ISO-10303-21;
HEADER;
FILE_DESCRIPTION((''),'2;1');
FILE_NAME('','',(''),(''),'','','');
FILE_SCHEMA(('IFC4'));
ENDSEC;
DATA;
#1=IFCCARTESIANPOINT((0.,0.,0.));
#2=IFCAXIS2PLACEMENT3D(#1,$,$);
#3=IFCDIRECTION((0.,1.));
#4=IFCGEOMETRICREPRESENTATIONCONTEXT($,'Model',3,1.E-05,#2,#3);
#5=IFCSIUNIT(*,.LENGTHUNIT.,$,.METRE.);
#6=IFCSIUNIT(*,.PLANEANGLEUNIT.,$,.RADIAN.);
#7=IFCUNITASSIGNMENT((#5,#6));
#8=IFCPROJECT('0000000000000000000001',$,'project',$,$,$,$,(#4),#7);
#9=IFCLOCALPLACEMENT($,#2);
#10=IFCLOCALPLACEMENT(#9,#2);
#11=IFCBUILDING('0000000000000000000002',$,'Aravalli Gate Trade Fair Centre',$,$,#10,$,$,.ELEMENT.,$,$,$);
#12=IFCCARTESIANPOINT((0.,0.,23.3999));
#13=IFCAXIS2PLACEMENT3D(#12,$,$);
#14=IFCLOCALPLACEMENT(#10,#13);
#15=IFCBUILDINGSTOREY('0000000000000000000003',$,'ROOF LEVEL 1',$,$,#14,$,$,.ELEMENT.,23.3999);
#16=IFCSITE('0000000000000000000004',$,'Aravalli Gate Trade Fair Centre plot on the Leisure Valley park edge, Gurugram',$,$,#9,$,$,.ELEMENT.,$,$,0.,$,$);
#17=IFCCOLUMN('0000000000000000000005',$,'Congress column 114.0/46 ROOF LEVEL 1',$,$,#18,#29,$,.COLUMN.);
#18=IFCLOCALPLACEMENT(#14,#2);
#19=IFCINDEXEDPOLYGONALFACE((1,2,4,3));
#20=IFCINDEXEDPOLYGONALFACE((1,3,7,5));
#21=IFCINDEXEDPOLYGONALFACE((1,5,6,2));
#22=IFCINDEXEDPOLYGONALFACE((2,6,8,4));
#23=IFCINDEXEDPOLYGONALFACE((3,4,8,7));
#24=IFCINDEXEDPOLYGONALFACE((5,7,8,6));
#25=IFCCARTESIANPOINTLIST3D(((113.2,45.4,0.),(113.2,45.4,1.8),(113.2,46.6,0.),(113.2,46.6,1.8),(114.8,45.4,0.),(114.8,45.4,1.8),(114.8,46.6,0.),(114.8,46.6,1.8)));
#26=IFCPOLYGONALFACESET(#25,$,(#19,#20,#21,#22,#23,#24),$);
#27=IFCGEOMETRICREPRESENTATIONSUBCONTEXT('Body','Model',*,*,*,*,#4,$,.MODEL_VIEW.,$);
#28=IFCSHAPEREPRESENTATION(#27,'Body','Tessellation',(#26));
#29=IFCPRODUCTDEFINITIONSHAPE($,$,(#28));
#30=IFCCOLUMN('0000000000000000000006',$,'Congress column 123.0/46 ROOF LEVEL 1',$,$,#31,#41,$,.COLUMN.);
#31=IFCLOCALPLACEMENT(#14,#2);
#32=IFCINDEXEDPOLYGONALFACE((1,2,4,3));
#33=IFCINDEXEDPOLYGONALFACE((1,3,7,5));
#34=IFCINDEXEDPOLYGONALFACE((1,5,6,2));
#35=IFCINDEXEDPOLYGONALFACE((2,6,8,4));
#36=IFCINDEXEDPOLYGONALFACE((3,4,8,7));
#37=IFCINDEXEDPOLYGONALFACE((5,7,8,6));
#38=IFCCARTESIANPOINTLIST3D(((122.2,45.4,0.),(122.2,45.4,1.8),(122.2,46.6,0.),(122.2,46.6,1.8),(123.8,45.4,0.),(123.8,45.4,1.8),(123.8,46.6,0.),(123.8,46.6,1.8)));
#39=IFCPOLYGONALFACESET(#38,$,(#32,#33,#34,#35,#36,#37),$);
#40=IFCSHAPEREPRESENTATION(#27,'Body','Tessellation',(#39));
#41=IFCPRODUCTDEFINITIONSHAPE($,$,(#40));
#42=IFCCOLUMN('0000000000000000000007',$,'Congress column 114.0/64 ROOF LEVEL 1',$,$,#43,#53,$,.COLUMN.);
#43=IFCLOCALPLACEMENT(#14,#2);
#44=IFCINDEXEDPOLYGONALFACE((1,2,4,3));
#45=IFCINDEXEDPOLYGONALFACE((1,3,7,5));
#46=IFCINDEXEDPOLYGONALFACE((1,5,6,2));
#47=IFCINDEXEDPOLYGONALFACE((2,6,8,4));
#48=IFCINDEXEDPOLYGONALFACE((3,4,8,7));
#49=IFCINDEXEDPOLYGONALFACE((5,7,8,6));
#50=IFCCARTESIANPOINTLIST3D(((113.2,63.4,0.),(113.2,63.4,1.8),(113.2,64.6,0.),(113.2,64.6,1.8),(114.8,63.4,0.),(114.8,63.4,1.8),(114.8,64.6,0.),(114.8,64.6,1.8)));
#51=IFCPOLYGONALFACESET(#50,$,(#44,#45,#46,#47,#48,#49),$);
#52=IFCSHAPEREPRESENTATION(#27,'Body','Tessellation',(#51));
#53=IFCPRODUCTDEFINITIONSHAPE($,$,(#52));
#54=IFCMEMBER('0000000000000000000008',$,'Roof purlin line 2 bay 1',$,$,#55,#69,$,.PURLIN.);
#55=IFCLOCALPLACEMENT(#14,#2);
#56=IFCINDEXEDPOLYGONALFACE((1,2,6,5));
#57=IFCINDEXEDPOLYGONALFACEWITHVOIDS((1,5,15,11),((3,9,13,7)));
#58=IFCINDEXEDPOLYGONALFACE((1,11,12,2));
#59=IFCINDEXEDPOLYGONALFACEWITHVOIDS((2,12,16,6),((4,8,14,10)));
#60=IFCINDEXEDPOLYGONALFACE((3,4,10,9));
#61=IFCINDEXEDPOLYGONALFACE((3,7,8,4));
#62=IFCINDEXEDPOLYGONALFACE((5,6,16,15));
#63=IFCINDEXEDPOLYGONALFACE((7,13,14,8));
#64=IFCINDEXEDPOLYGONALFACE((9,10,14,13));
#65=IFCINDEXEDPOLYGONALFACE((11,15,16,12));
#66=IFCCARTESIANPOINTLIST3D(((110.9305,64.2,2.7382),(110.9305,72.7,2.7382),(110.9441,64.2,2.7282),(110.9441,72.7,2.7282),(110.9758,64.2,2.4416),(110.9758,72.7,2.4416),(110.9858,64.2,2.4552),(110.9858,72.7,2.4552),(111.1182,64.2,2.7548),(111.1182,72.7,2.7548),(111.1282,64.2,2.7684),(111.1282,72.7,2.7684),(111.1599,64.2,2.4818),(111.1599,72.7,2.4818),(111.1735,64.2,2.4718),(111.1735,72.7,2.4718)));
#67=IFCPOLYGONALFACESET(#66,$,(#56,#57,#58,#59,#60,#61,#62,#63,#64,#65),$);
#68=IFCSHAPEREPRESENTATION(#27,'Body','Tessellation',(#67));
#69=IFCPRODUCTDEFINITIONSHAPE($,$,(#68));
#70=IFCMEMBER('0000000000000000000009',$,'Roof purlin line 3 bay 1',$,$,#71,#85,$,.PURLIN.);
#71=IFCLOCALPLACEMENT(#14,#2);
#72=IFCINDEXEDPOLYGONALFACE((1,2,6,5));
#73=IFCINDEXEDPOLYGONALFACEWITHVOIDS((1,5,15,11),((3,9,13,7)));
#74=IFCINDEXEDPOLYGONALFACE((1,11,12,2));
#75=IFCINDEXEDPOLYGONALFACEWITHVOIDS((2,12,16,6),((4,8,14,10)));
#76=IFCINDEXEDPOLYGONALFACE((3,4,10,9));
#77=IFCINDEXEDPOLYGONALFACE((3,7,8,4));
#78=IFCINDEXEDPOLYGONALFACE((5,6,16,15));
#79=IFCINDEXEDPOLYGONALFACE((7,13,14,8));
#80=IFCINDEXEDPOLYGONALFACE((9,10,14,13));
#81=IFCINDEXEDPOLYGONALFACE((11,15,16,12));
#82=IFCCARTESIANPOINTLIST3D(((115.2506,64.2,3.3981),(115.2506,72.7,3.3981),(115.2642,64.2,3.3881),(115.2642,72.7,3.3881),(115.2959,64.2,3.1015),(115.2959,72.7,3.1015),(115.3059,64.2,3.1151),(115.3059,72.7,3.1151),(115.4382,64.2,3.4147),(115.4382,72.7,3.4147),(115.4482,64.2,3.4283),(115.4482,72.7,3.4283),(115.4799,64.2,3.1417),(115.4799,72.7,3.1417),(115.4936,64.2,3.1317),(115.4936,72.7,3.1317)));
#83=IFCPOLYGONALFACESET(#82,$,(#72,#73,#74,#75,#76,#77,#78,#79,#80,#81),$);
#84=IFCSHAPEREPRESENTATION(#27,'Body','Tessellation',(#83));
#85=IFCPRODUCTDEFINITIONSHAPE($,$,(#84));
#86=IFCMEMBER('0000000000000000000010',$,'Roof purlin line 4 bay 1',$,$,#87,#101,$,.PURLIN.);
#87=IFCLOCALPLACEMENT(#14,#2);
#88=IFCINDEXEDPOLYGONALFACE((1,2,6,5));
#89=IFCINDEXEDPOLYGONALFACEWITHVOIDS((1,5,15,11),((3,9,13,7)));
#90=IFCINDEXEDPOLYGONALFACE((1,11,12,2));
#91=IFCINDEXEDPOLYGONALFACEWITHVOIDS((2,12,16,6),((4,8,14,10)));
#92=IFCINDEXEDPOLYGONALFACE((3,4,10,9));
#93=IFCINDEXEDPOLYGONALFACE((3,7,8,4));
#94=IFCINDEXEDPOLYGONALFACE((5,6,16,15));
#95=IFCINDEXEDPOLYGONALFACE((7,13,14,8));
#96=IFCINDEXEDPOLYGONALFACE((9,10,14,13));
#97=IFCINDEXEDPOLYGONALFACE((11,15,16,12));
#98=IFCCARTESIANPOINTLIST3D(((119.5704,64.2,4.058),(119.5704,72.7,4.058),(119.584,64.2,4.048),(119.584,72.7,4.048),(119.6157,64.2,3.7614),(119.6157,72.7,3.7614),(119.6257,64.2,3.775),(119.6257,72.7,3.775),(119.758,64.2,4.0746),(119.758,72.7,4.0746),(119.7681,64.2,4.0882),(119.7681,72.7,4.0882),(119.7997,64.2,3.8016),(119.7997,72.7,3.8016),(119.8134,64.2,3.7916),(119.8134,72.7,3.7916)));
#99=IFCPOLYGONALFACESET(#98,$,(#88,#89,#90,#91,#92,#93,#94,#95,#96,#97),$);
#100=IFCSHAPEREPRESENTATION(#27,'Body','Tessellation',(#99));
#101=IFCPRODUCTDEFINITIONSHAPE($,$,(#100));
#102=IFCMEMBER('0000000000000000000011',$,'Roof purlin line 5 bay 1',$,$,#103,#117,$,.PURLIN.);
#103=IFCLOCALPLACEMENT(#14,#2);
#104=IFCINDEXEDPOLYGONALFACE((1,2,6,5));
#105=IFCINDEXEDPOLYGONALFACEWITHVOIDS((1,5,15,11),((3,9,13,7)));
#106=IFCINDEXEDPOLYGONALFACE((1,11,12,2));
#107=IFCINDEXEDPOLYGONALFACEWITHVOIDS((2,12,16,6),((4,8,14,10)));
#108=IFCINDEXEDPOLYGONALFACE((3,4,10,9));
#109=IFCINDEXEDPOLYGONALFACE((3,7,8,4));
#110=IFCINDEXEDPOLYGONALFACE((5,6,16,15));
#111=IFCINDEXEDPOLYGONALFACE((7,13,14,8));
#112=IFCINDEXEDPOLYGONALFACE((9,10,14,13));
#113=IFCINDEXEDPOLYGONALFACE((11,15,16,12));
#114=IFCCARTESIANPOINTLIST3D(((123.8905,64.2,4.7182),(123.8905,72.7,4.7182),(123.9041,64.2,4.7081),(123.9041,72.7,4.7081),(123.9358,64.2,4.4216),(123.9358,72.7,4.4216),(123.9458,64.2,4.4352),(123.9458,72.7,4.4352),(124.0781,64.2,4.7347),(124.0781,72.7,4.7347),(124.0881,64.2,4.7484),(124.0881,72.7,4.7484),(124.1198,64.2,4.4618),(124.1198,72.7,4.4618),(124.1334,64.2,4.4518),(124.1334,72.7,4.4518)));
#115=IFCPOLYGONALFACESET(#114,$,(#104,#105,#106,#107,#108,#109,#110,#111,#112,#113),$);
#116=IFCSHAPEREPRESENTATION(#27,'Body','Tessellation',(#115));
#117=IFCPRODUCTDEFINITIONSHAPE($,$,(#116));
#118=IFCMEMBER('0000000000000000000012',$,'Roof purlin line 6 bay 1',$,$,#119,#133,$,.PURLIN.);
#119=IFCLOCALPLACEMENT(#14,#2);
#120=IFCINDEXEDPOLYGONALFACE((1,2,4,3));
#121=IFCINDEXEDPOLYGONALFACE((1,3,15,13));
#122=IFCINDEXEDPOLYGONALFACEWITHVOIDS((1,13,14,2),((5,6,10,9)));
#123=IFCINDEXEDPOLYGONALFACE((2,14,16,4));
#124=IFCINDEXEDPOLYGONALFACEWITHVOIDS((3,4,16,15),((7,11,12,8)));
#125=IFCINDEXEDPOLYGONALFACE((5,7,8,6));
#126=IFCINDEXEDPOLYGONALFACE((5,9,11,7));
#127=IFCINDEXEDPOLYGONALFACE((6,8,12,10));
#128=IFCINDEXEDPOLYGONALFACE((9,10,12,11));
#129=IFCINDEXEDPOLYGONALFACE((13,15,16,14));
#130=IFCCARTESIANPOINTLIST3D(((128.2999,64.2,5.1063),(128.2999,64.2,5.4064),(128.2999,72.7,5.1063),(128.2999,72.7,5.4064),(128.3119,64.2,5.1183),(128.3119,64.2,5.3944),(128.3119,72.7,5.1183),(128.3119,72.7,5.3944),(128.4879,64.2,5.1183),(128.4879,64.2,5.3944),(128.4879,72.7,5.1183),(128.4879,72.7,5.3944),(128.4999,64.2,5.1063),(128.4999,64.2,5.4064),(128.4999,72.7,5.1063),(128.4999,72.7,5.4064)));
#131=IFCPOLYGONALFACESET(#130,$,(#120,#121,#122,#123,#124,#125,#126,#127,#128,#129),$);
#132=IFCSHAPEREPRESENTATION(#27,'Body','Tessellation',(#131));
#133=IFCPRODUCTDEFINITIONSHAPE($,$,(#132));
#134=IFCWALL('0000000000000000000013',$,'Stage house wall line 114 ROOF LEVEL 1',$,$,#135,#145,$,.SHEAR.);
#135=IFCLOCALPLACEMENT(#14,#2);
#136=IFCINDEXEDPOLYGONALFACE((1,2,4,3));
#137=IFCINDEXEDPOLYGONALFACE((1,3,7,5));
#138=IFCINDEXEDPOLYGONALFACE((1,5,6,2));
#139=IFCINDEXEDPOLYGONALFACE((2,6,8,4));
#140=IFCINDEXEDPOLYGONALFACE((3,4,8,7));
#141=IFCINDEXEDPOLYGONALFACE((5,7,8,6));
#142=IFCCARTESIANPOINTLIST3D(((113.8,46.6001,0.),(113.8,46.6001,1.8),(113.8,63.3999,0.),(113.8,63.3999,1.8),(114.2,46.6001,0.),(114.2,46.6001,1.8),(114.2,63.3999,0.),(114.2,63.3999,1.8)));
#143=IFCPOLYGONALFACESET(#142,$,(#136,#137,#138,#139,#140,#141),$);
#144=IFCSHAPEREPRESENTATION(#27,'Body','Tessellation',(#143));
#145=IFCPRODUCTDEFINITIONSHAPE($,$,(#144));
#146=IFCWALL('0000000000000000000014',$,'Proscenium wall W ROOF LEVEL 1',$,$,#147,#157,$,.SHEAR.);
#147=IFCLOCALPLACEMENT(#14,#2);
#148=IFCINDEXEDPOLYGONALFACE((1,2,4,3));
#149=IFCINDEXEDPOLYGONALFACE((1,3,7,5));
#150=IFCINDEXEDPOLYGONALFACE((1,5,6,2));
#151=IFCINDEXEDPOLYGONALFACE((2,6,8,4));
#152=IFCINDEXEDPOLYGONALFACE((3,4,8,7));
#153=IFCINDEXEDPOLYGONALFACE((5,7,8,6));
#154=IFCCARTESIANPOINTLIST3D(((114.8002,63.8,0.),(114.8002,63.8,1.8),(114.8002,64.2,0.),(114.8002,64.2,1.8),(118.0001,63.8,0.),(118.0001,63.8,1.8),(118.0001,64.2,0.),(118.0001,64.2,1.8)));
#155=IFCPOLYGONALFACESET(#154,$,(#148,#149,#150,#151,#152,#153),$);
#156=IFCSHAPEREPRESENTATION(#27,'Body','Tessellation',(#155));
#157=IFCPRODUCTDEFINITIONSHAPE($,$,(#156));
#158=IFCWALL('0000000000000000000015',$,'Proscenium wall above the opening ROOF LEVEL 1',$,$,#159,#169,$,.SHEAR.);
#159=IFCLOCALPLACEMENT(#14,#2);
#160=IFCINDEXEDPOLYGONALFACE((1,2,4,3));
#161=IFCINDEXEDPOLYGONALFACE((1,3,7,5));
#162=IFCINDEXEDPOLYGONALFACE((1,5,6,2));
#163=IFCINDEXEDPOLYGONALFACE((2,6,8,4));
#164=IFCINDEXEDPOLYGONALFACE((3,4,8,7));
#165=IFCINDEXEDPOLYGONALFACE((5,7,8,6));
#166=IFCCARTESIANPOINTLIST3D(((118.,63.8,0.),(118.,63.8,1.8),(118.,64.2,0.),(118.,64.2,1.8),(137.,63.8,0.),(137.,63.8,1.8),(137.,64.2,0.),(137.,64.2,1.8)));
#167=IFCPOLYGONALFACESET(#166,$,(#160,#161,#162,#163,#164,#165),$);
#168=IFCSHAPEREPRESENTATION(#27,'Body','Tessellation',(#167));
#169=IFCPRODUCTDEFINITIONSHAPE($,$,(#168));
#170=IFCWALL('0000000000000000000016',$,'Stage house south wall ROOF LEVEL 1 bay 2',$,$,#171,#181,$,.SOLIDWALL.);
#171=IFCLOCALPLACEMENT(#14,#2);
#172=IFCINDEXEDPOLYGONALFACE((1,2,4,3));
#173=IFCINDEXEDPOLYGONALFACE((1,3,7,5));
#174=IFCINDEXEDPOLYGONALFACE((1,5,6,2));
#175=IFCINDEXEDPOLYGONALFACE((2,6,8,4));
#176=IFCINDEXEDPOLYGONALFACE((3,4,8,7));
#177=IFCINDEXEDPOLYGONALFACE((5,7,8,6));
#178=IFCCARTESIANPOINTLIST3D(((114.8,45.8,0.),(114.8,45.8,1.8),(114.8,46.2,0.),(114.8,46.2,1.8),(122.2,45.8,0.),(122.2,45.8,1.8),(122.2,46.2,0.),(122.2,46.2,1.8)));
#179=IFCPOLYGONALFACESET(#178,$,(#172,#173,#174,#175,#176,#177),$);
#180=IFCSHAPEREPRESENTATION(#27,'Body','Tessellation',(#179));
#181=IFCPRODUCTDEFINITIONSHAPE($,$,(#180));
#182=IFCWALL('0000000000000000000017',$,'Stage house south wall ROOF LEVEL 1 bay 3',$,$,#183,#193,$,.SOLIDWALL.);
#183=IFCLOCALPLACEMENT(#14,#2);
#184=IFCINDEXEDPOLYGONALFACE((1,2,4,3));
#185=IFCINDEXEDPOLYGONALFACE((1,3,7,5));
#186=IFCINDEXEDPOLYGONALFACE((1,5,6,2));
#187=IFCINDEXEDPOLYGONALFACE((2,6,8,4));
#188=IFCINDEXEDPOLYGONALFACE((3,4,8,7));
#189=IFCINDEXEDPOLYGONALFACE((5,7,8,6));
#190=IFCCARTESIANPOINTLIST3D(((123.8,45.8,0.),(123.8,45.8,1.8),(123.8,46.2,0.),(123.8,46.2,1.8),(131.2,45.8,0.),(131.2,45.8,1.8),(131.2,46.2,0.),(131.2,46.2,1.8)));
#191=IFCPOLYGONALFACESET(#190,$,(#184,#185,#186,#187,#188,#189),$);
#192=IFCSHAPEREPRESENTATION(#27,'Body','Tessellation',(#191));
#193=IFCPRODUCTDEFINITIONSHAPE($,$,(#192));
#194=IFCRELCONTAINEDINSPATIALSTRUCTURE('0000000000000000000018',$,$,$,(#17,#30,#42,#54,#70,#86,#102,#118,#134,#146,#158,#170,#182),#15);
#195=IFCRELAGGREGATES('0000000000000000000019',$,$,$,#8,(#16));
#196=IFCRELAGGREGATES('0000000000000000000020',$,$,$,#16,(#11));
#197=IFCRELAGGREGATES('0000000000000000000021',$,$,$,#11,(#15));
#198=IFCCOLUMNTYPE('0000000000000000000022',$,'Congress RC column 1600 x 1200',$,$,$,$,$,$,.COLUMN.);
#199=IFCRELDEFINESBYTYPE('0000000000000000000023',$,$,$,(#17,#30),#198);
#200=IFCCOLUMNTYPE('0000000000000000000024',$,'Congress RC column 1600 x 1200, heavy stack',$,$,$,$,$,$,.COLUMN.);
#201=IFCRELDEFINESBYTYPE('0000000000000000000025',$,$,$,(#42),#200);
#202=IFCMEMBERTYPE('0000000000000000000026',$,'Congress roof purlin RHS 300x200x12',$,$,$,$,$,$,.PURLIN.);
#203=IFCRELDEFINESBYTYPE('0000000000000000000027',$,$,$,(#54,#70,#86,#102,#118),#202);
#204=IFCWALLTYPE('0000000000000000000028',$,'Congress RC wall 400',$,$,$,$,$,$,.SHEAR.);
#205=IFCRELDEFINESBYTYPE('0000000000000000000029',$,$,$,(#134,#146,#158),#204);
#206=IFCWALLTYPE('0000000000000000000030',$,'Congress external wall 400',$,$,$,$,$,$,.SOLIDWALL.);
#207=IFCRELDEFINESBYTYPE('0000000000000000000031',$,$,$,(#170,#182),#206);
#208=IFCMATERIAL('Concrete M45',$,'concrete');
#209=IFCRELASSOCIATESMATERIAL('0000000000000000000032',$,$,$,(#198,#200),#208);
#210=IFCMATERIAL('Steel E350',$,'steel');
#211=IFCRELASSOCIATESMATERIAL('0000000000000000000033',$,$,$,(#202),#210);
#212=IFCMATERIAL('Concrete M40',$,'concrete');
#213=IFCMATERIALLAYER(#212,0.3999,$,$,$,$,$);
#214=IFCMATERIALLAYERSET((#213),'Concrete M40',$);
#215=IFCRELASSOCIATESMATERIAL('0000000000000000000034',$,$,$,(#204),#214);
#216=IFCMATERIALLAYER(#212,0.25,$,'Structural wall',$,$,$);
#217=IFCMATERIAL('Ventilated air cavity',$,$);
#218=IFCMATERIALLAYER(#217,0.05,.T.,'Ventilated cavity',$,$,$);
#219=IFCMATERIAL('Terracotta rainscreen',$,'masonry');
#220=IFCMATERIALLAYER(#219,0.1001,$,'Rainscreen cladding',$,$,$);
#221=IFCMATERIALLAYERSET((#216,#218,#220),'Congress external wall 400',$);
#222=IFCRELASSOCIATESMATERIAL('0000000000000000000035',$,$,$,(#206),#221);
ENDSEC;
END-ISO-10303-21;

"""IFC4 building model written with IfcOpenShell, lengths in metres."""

from ifc_helpers import new_model, si_unit, direction, frame, frame_2d, origin, origin_2d, place, context, subcontext, project, spatial, rectangle, hollow_rectangle, extrude, material, layer, layer_set, material_profile, profile_set, type_object, element, save


model = new_model("IFC4")

# Units and contexts
model_context = context("Model", 3, precision=1e-05, world=origin(), true_north=direction((0.0, 1.0)))
body_context = subcontext(model_context, "Body", "Model", "MODEL_VIEW")
ifc_project = project(units=[si_unit("LENGTHUNIT", "METRE"), si_unit("PLANEANGLEUNIT", "RADIAN")], contexts=[model_context])

# Site, building, storey
site_placement = place(None, origin())
site = spatial("IfcSite", under=ifc_project, at=site_placement, Name="Aravalli Gate Trade Fair Centre plot on the Leisure Valley park edge, Gurugram", CompositionType="ELEMENT", RefElevation=0.0)
building_placement = place(site_placement, origin())
building = spatial("IfcBuilding", under=site, at=building_placement, Name="Aravalli Gate Trade Fair Centre", CompositionType="ELEMENT")
storey_placement = place(building_placement, frame((0.0, 0.0, 23.3999)))
storey = spatial("IfcBuildingStorey", under=building, at=storey_placement, Name="ROOF LEVEL 1", CompositionType="ELEMENT", Elevation=23.3999)

# Columns
ifc_material_1 = material(Name="Concrete M45", Category="concrete")
ifc_material_profile_1 = material_profile(ifc_material_1, rectangle(XDim=1.6001, YDim=1.2, at=origin_2d()), Name="RC 1600x1200")
ifc_profile_set_1 = profile_set([ifc_material_profile_1], Name="Concrete M45")
column_type_1 = type_object("IfcColumnType", Name="Congress RC column 1600 x 1200", PredefinedType="COLUMN", material=ifc_profile_set_1)
for number, where, z_axis, x_axis, name in (
    (1, (114.0, 46.0, 0.0), (0.0, 0.0, 1.0), (1.0, 0.0, 0.0), "Congress column 114.0/46 ROOF LEVEL 1"),
    (2, (123.0, 46.0, 0.0), (0.0, 0.0, 1.0), (1.0, 0.0, 0.0), "Congress column 123.0/46 ROOF LEVEL 1"),
):
    element("IfcColumn", number, at=place(storey_placement, frame(where, z_axis=z_axis, x_axis=x_axis)), inside=storey, type_object=column_type_1, Name=name, PredefinedType="COLUMN", context=body_context, shape_type="SweptSolid", body=[
        extrude(rectangle(XDim=1.6001, YDim=1.2, at=origin_2d()), origin(), (0.0, 0.0, 1.0), 1.8),
    ])
ifc_material_profile_2 = material_profile(ifc_material_1, rectangle(XDim=1.6001, YDim=1.2, at=origin_2d()), Name="RC 1600x1200")
ifc_profile_set_2 = profile_set([ifc_material_profile_2], Name="Concrete M45")
column_type_2 = type_object("IfcColumnType", Name="Congress RC column 1600 x 1200, heavy stack", PredefinedType="COLUMN", material=ifc_profile_set_2)
column_placement = place(storey_placement, frame((114.0, 64.0, 0.0), z_axis=(0.0, 0.0, 1.0), x_axis=(1.0, 0.0, 0.0)))
element("IfcColumn", 3, at=column_placement, inside=storey, type_object=column_type_2, Name="Congress column 114.0/64 ROOF LEVEL 1", PredefinedType="COLUMN", context=body_context, shape_type="SweptSolid", body=[
    extrude(rectangle(XDim=1.6001, YDim=1.2, at=origin_2d()), origin(), (0.0, 0.0, 1.0), 1.8),
])

# Members
ifc_material_2 = material(Name="Steel E350", Category="steel")
ifc_material_profile_3 = material_profile(ifc_material_2, hollow_rectangle(XDim=0.2, YDim=0.3, WallThickness=0.012, at=origin_2d()), Name="RHS 300x200x12")
ifc_profile_set_3 = profile_set([ifc_material_profile_3], Name="Steel E350")
member_type = type_object("IfcMemberType", Name="Congress roof purlin RHS 300x200x12", PredefinedType="PURLIN", material=ifc_profile_set_3)
for number, where, z_axis, x_axis, name in (
    (4, (111.052, 64.2, 2.605), (0.0, 1.0, 0.0), (-0.98853, 0.0, -0.151026), "Roof purlin line 2 bay 1"),
    (5, (115.3721, 64.2, 3.2649), (0.0, 1.0, 0.0), (-0.98853, 0.0, -0.151026), "Roof purlin line 3 bay 1"),
    (6, (119.6919, 64.2, 3.9248), (0.0, 1.0, 0.0), (-0.98853, 0.0, -0.151026), "Roof purlin line 4 bay 1"),
    (7, (124.012, 64.2, 4.585), (0.0, 1.0, 0.0), (-0.98853, 0.0, -0.151026), "Roof purlin line 5 bay 1"),
    (8, (128.3999, 64.2, 5.2563), (0.0, 1.0, 0.0), (-1.0, 0.0, 0.0), "Roof purlin line 6 bay 1"),
):
    element("IfcMember", number, at=place(storey_placement, frame(where, z_axis=z_axis, x_axis=x_axis)), inside=storey, type_object=member_type, Name=name, PredefinedType="PURLIN", context=body_context, shape_type="SweptSolid", body=[
        extrude(hollow_rectangle(XDim=0.2, YDim=0.3, WallThickness=0.012, at=origin_2d()), origin(), (0.0, 0.0, 1.0), 8.5),
    ])

# Walls
ifc_material_3 = material(Name="Concrete M40", Category="concrete")
ifc_layer_1 = layer(ifc_material_3, 0.3999)
ifc_layer_set_1 = layer_set([ifc_layer_1], Name="Concrete M40")
wall_type_1 = type_object("IfcWallType", Name="Congress RC wall 400", PredefinedType="SHEAR", material=ifc_layer_set_1)
wall_1_placement = place(storey_placement, frame((114.0, 46.6001, 0.0), z_axis=(0.0, 0.0, 1.0), x_axis=(0.0, 1.0, 0.0)))
element("IfcWall", 9, at=wall_1_placement, inside=storey, type_object=wall_type_1, Name="Stage house wall line 114 ROOF LEVEL 1", PredefinedType="SHEAR", context=body_context, shape_type="SweptSolid", body=[
    extrude(rectangle(XDim=16.7998, YDim=0.3999, at=frame_2d((8.3999, 0.0))), origin(), (0.0, 0.0, 1.0), 1.8),
])
wall_2_placement = place(storey_placement, frame((114.8, 64.0, 0.0), z_axis=(0.0, 0.0, 1.0), x_axis=(1.0, 0.0, 0.0)))
element("IfcWall", 10, at=wall_2_placement, inside=storey, type_object=wall_type_1, Name="Proscenium wall W ROOF LEVEL 1", PredefinedType="SHEAR", context=body_context, shape_type="SweptSolid", body=[
    extrude(rectangle(XDim=3.2, YDim=0.3999, at=frame_2d((1.6001, 0.0))), origin(), (0.0, 0.0, 1.0), 1.8),
])
wall_3_placement = place(storey_placement, frame((118.0, 64.0, 0.0), z_axis=(0.0, 0.0, 1.0), x_axis=(1.0, 0.0, 0.0)))
element("IfcWall", 11, at=wall_3_placement, inside=storey, type_object=wall_type_1, Name="Proscenium wall above the opening ROOF LEVEL 1", PredefinedType="SHEAR", context=body_context, shape_type="SweptSolid", body=[
    extrude(rectangle(XDim=19.0, YDim=0.3999, at=frame_2d((9.5, 0.0))), origin(), (0.0, 0.0, 1.0), 1.8),
])
ifc_layer_2 = layer(ifc_material_3, 0.25, Name="Structural wall")
ifc_material_4 = material(Name="Ventilated air cavity")
ifc_layer_3 = layer(ifc_material_4, 0.05, ventilated=True, Name="Ventilated cavity")
ifc_material_5 = material(Name="Terracotta rainscreen", Category="masonry")
ifc_layer_4 = layer(ifc_material_5, 0.1001, Name="Rainscreen cladding")
ifc_layer_set_2 = layer_set([ifc_layer_2, ifc_layer_3, ifc_layer_4], Name="Congress external wall 400")
wall_type_2 = type_object("IfcWallType", Name="Congress external wall 400", PredefinedType="SOLIDWALL", material=ifc_layer_set_2)
for number, where, z_axis, x_axis, name in (
    (12, (114.8, 46.0, 0.0), (0.0, 0.0, 1.0), (1.0, 0.0, 0.0), "Stage house south wall ROOF LEVEL 1 bay 2"),
    (13, (123.8, 46.0, 0.0), (0.0, 0.0, 1.0), (1.0, 0.0, 0.0), "Stage house south wall ROOF LEVEL 1 bay 3"),
):
    element("IfcWall", number, at=place(storey_placement, frame(where, z_axis=z_axis, x_axis=x_axis)), inside=storey, type_object=wall_type_2, Name=name, PredefinedType="SOLIDWALL", context=body_context, shape_type="SweptSolid", body=[
        extrude(rectangle(XDim=7.3999, YDim=0.3999, at=frame_2d((3.7, 0.0))), origin(), (0.0, 0.0, 1.0), 1.8),
    ])

save(model, "model.ifc")
